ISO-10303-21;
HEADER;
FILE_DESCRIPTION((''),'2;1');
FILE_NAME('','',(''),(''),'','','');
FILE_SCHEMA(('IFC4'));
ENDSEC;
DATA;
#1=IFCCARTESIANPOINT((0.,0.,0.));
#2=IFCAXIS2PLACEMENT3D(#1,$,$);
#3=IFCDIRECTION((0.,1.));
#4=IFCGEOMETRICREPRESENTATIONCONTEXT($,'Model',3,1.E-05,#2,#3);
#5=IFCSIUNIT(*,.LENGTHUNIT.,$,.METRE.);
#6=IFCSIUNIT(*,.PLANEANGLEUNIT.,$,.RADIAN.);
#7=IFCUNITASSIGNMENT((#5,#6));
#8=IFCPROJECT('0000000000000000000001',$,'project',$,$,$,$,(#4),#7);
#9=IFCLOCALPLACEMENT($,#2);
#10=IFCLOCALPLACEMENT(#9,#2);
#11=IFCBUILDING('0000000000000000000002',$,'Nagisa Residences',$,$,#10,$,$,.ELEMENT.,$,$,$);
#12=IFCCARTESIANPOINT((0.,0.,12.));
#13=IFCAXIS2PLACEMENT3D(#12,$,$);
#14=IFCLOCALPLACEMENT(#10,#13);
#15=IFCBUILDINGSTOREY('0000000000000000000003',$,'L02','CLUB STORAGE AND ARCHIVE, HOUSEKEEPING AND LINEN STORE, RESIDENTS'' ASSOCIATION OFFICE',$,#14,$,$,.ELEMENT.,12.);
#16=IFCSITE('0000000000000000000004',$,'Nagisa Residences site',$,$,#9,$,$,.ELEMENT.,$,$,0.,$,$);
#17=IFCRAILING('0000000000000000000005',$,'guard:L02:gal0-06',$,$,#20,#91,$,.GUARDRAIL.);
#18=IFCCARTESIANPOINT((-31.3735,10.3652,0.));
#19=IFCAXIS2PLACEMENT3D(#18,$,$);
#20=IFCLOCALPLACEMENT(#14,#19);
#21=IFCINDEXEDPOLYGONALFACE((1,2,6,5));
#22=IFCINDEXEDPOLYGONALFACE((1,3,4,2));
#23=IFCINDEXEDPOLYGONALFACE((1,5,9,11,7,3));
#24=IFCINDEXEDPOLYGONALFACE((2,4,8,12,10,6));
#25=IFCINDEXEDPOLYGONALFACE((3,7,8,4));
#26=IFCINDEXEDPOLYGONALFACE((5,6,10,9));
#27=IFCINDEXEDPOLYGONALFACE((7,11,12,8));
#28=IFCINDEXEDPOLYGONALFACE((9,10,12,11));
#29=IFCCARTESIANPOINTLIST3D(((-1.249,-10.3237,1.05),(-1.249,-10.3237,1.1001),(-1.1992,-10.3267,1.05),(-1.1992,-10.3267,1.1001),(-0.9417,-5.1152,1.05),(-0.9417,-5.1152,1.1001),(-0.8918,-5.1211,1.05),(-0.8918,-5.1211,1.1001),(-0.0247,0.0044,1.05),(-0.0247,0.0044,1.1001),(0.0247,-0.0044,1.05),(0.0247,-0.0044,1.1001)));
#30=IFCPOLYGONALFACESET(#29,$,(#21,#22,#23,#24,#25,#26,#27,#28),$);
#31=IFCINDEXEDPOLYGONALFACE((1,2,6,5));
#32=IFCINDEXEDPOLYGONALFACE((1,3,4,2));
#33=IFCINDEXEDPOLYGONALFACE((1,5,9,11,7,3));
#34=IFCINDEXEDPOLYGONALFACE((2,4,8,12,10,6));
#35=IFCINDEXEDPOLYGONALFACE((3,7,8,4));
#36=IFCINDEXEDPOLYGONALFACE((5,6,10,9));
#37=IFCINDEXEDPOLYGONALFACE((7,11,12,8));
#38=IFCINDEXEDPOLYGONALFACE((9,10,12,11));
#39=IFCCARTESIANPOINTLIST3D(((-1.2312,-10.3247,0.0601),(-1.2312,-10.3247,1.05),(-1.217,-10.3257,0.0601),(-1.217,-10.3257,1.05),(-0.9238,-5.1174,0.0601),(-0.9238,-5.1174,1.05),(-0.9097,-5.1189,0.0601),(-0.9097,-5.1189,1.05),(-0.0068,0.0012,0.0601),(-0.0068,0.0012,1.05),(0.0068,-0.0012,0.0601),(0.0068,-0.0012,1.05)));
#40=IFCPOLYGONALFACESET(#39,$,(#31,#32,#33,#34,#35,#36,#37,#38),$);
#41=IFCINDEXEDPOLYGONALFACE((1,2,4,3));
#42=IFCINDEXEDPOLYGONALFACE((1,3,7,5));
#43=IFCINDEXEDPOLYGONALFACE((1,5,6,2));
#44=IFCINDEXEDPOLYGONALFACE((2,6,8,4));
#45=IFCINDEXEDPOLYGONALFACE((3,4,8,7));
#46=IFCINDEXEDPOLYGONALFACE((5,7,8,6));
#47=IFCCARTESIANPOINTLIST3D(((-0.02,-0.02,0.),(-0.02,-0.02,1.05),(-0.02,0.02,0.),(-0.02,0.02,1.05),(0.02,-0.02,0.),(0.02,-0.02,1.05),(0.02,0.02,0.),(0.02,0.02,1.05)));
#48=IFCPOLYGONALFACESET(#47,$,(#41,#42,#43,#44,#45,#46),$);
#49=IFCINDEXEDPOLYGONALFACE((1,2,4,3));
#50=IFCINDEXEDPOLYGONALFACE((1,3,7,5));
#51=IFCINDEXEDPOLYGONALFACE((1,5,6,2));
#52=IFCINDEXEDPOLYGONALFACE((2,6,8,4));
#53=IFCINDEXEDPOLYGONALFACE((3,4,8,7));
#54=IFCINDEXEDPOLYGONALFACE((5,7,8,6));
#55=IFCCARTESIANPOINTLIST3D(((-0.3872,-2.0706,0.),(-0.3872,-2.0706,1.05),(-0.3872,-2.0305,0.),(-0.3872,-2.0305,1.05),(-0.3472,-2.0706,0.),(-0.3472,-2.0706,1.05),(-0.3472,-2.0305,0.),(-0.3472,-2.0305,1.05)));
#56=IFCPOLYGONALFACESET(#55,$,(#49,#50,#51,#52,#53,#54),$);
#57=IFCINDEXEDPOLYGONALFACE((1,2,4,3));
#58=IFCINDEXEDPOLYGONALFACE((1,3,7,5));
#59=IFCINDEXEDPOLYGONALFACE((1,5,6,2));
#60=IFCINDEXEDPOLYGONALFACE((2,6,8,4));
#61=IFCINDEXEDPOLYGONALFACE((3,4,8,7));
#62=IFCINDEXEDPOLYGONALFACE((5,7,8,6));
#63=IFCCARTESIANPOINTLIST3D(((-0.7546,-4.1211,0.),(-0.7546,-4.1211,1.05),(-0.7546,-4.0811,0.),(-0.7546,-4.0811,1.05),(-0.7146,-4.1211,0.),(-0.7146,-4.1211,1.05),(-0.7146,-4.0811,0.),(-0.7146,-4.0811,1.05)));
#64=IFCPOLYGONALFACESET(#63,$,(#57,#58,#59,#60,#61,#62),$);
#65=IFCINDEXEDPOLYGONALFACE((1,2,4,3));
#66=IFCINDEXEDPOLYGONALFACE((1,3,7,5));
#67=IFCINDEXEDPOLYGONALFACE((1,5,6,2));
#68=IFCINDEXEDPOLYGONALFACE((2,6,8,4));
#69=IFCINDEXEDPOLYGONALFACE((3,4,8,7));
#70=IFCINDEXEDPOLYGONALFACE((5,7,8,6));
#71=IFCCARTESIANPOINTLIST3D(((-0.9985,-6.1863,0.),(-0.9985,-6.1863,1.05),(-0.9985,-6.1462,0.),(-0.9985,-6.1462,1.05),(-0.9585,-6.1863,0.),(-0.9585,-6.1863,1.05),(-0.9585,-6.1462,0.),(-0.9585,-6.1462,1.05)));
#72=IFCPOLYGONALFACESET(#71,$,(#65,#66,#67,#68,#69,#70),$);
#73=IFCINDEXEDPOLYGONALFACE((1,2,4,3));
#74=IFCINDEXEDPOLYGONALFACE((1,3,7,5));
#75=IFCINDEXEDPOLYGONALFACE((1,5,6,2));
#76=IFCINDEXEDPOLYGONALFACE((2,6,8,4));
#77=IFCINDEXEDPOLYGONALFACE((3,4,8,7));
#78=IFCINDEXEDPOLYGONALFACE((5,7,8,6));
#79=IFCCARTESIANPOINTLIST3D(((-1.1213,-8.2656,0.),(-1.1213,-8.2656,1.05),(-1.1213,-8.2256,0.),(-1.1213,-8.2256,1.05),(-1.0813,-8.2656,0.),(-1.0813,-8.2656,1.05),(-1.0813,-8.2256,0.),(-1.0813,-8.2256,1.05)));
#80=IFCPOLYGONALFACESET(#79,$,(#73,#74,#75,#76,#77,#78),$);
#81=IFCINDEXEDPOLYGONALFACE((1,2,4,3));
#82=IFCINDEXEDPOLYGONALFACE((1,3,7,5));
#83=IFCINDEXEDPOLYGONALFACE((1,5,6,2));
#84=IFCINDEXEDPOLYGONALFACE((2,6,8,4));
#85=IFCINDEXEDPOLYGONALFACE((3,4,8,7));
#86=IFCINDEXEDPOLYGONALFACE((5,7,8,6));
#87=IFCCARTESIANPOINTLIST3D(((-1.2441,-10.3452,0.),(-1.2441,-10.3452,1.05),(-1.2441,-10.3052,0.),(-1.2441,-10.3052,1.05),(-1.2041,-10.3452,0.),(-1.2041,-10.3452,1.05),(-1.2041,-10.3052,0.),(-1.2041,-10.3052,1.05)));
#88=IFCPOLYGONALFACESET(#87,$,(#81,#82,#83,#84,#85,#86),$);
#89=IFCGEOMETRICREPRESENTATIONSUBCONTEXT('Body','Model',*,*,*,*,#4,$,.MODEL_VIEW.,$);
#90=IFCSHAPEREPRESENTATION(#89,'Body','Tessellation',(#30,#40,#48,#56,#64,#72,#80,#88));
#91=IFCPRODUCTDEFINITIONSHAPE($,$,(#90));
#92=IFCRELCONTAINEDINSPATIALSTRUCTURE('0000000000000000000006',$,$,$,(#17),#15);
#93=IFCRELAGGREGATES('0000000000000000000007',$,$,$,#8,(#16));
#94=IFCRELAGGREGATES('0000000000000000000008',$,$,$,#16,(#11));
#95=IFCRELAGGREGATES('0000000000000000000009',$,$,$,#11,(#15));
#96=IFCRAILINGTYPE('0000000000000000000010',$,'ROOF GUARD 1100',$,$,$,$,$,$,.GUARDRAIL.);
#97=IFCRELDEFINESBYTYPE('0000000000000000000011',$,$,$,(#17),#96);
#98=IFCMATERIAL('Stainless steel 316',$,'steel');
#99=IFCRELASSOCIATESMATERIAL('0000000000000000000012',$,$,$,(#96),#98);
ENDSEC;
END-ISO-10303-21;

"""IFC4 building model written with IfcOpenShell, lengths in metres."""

from ifc_helpers import new_model, si_unit, direction, frame, origin, origin_2d, place, context, subcontext, project, spatial, polyline, rectangle, outline, extrude, material, type_object, element, save


model = new_model("IFC4")

# Units and contexts
model_context = context("Model", 3, precision=1e-05, world=origin(), true_north=direction((0.0, 1.0)))
body_context = subcontext(model_context, "Body", "Model", "MODEL_VIEW")
ifc_project = project(units=[si_unit("LENGTHUNIT", "METRE"), si_unit("PLANEANGLEUNIT", "RADIAN")], contexts=[model_context])

# Site, building, storey
site_placement = place(None, origin())
site = spatial("IfcSite", under=ifc_project, at=site_placement, Name="Nagisa Residences site", CompositionType="ELEMENT", RefElevation=0.0)
building_placement = place(site_placement, origin())
building = spatial("IfcBuilding", under=site, at=building_placement, Name="Nagisa Residences", CompositionType="ELEMENT")
storey_placement = place(building_placement, frame((0.0, 0.0, 12.0)))
storey = spatial("IfcBuildingStorey", under=building, at=storey_placement, Name="L02", Description="CLUB STORAGE AND ARCHIVE, HOUSEKEEPING AND LINEN STORE, RESIDENTS' ASSOCIATION OFFICE", CompositionType="ELEMENT", Elevation=12.0)

# Railing
ifc_material_1 = material(Name="Stainless steel 316", Category="steel")
railing_type = type_object("IfcRailingType", Name="ROOF GUARD 1100", PredefinedType="GUARDRAIL", material=ifc_material_1)
railing_placement = place(storey_placement, frame((-31.3735, 10.3652, 0.0)))
element("IfcRailing", 1, at=railing_placement, inside=storey, type_object=railing_type, Name="guard:L02:gal0-06", PredefinedType="GUARDRAIL", context=body_context, shape_type="SweptSolid", body=[
    extrude(outline(polyline([(-0.8918, -5.1211), (0.0247, -0.0044), (-0.0247, 0.0044), (-0.9417, -5.1152), (-1.249, -10.3237), (-1.1992, -10.3267), (-0.8918, -5.1211)])), frame((0.0, 0.0, 1.05)), (0.0, 0.0, 1.0), 0.05),
    extrude(outline(polyline([(-0.9097, -5.1189), (0.0068, -0.0012), (-0.0068, 0.0012), (-0.9238, -5.1174), (-1.2312, -10.3247), (-1.217, -10.3257), (-0.9097, -5.1189)])), frame((0.0, 0.0, 0.0601)), (0.0, 0.0, 1.0), 0.99),
    extrude(rectangle(XDim=0.04, YDim=0.04, at=origin_2d()), origin(), (0.0, 0.0, 1.0), 1.05),
    extrude(rectangle(XDim=0.04, YDim=0.04, at=origin_2d()), frame((-0.3672, -2.0505, 0.0)), (0.0, 0.0, 1.0), 1.05),
    extrude(rectangle(XDim=0.04, YDim=0.04, at=origin_2d()), frame((-0.7346, -4.1011, 0.0)), (0.0, 0.0, 1.0), 1.05),
    extrude(rectangle(XDim=0.04, YDim=0.04, at=origin_2d()), frame((-0.9785, -6.1663, 0.0)), (0.0, 0.0, 1.0), 1.05),
    extrude(rectangle(XDim=0.04, YDim=0.04, at=origin_2d()), frame((-1.1013, -8.2456, 0.0)), (0.0, 0.0, 1.0), 1.05),
    extrude(rectangle(XDim=0.04, YDim=0.04, at=origin_2d()), frame((-1.2241, -10.3252, 0.0)), (0.0, 0.0, 1.0), 1.05),
])

save(model, "model.ifc")
